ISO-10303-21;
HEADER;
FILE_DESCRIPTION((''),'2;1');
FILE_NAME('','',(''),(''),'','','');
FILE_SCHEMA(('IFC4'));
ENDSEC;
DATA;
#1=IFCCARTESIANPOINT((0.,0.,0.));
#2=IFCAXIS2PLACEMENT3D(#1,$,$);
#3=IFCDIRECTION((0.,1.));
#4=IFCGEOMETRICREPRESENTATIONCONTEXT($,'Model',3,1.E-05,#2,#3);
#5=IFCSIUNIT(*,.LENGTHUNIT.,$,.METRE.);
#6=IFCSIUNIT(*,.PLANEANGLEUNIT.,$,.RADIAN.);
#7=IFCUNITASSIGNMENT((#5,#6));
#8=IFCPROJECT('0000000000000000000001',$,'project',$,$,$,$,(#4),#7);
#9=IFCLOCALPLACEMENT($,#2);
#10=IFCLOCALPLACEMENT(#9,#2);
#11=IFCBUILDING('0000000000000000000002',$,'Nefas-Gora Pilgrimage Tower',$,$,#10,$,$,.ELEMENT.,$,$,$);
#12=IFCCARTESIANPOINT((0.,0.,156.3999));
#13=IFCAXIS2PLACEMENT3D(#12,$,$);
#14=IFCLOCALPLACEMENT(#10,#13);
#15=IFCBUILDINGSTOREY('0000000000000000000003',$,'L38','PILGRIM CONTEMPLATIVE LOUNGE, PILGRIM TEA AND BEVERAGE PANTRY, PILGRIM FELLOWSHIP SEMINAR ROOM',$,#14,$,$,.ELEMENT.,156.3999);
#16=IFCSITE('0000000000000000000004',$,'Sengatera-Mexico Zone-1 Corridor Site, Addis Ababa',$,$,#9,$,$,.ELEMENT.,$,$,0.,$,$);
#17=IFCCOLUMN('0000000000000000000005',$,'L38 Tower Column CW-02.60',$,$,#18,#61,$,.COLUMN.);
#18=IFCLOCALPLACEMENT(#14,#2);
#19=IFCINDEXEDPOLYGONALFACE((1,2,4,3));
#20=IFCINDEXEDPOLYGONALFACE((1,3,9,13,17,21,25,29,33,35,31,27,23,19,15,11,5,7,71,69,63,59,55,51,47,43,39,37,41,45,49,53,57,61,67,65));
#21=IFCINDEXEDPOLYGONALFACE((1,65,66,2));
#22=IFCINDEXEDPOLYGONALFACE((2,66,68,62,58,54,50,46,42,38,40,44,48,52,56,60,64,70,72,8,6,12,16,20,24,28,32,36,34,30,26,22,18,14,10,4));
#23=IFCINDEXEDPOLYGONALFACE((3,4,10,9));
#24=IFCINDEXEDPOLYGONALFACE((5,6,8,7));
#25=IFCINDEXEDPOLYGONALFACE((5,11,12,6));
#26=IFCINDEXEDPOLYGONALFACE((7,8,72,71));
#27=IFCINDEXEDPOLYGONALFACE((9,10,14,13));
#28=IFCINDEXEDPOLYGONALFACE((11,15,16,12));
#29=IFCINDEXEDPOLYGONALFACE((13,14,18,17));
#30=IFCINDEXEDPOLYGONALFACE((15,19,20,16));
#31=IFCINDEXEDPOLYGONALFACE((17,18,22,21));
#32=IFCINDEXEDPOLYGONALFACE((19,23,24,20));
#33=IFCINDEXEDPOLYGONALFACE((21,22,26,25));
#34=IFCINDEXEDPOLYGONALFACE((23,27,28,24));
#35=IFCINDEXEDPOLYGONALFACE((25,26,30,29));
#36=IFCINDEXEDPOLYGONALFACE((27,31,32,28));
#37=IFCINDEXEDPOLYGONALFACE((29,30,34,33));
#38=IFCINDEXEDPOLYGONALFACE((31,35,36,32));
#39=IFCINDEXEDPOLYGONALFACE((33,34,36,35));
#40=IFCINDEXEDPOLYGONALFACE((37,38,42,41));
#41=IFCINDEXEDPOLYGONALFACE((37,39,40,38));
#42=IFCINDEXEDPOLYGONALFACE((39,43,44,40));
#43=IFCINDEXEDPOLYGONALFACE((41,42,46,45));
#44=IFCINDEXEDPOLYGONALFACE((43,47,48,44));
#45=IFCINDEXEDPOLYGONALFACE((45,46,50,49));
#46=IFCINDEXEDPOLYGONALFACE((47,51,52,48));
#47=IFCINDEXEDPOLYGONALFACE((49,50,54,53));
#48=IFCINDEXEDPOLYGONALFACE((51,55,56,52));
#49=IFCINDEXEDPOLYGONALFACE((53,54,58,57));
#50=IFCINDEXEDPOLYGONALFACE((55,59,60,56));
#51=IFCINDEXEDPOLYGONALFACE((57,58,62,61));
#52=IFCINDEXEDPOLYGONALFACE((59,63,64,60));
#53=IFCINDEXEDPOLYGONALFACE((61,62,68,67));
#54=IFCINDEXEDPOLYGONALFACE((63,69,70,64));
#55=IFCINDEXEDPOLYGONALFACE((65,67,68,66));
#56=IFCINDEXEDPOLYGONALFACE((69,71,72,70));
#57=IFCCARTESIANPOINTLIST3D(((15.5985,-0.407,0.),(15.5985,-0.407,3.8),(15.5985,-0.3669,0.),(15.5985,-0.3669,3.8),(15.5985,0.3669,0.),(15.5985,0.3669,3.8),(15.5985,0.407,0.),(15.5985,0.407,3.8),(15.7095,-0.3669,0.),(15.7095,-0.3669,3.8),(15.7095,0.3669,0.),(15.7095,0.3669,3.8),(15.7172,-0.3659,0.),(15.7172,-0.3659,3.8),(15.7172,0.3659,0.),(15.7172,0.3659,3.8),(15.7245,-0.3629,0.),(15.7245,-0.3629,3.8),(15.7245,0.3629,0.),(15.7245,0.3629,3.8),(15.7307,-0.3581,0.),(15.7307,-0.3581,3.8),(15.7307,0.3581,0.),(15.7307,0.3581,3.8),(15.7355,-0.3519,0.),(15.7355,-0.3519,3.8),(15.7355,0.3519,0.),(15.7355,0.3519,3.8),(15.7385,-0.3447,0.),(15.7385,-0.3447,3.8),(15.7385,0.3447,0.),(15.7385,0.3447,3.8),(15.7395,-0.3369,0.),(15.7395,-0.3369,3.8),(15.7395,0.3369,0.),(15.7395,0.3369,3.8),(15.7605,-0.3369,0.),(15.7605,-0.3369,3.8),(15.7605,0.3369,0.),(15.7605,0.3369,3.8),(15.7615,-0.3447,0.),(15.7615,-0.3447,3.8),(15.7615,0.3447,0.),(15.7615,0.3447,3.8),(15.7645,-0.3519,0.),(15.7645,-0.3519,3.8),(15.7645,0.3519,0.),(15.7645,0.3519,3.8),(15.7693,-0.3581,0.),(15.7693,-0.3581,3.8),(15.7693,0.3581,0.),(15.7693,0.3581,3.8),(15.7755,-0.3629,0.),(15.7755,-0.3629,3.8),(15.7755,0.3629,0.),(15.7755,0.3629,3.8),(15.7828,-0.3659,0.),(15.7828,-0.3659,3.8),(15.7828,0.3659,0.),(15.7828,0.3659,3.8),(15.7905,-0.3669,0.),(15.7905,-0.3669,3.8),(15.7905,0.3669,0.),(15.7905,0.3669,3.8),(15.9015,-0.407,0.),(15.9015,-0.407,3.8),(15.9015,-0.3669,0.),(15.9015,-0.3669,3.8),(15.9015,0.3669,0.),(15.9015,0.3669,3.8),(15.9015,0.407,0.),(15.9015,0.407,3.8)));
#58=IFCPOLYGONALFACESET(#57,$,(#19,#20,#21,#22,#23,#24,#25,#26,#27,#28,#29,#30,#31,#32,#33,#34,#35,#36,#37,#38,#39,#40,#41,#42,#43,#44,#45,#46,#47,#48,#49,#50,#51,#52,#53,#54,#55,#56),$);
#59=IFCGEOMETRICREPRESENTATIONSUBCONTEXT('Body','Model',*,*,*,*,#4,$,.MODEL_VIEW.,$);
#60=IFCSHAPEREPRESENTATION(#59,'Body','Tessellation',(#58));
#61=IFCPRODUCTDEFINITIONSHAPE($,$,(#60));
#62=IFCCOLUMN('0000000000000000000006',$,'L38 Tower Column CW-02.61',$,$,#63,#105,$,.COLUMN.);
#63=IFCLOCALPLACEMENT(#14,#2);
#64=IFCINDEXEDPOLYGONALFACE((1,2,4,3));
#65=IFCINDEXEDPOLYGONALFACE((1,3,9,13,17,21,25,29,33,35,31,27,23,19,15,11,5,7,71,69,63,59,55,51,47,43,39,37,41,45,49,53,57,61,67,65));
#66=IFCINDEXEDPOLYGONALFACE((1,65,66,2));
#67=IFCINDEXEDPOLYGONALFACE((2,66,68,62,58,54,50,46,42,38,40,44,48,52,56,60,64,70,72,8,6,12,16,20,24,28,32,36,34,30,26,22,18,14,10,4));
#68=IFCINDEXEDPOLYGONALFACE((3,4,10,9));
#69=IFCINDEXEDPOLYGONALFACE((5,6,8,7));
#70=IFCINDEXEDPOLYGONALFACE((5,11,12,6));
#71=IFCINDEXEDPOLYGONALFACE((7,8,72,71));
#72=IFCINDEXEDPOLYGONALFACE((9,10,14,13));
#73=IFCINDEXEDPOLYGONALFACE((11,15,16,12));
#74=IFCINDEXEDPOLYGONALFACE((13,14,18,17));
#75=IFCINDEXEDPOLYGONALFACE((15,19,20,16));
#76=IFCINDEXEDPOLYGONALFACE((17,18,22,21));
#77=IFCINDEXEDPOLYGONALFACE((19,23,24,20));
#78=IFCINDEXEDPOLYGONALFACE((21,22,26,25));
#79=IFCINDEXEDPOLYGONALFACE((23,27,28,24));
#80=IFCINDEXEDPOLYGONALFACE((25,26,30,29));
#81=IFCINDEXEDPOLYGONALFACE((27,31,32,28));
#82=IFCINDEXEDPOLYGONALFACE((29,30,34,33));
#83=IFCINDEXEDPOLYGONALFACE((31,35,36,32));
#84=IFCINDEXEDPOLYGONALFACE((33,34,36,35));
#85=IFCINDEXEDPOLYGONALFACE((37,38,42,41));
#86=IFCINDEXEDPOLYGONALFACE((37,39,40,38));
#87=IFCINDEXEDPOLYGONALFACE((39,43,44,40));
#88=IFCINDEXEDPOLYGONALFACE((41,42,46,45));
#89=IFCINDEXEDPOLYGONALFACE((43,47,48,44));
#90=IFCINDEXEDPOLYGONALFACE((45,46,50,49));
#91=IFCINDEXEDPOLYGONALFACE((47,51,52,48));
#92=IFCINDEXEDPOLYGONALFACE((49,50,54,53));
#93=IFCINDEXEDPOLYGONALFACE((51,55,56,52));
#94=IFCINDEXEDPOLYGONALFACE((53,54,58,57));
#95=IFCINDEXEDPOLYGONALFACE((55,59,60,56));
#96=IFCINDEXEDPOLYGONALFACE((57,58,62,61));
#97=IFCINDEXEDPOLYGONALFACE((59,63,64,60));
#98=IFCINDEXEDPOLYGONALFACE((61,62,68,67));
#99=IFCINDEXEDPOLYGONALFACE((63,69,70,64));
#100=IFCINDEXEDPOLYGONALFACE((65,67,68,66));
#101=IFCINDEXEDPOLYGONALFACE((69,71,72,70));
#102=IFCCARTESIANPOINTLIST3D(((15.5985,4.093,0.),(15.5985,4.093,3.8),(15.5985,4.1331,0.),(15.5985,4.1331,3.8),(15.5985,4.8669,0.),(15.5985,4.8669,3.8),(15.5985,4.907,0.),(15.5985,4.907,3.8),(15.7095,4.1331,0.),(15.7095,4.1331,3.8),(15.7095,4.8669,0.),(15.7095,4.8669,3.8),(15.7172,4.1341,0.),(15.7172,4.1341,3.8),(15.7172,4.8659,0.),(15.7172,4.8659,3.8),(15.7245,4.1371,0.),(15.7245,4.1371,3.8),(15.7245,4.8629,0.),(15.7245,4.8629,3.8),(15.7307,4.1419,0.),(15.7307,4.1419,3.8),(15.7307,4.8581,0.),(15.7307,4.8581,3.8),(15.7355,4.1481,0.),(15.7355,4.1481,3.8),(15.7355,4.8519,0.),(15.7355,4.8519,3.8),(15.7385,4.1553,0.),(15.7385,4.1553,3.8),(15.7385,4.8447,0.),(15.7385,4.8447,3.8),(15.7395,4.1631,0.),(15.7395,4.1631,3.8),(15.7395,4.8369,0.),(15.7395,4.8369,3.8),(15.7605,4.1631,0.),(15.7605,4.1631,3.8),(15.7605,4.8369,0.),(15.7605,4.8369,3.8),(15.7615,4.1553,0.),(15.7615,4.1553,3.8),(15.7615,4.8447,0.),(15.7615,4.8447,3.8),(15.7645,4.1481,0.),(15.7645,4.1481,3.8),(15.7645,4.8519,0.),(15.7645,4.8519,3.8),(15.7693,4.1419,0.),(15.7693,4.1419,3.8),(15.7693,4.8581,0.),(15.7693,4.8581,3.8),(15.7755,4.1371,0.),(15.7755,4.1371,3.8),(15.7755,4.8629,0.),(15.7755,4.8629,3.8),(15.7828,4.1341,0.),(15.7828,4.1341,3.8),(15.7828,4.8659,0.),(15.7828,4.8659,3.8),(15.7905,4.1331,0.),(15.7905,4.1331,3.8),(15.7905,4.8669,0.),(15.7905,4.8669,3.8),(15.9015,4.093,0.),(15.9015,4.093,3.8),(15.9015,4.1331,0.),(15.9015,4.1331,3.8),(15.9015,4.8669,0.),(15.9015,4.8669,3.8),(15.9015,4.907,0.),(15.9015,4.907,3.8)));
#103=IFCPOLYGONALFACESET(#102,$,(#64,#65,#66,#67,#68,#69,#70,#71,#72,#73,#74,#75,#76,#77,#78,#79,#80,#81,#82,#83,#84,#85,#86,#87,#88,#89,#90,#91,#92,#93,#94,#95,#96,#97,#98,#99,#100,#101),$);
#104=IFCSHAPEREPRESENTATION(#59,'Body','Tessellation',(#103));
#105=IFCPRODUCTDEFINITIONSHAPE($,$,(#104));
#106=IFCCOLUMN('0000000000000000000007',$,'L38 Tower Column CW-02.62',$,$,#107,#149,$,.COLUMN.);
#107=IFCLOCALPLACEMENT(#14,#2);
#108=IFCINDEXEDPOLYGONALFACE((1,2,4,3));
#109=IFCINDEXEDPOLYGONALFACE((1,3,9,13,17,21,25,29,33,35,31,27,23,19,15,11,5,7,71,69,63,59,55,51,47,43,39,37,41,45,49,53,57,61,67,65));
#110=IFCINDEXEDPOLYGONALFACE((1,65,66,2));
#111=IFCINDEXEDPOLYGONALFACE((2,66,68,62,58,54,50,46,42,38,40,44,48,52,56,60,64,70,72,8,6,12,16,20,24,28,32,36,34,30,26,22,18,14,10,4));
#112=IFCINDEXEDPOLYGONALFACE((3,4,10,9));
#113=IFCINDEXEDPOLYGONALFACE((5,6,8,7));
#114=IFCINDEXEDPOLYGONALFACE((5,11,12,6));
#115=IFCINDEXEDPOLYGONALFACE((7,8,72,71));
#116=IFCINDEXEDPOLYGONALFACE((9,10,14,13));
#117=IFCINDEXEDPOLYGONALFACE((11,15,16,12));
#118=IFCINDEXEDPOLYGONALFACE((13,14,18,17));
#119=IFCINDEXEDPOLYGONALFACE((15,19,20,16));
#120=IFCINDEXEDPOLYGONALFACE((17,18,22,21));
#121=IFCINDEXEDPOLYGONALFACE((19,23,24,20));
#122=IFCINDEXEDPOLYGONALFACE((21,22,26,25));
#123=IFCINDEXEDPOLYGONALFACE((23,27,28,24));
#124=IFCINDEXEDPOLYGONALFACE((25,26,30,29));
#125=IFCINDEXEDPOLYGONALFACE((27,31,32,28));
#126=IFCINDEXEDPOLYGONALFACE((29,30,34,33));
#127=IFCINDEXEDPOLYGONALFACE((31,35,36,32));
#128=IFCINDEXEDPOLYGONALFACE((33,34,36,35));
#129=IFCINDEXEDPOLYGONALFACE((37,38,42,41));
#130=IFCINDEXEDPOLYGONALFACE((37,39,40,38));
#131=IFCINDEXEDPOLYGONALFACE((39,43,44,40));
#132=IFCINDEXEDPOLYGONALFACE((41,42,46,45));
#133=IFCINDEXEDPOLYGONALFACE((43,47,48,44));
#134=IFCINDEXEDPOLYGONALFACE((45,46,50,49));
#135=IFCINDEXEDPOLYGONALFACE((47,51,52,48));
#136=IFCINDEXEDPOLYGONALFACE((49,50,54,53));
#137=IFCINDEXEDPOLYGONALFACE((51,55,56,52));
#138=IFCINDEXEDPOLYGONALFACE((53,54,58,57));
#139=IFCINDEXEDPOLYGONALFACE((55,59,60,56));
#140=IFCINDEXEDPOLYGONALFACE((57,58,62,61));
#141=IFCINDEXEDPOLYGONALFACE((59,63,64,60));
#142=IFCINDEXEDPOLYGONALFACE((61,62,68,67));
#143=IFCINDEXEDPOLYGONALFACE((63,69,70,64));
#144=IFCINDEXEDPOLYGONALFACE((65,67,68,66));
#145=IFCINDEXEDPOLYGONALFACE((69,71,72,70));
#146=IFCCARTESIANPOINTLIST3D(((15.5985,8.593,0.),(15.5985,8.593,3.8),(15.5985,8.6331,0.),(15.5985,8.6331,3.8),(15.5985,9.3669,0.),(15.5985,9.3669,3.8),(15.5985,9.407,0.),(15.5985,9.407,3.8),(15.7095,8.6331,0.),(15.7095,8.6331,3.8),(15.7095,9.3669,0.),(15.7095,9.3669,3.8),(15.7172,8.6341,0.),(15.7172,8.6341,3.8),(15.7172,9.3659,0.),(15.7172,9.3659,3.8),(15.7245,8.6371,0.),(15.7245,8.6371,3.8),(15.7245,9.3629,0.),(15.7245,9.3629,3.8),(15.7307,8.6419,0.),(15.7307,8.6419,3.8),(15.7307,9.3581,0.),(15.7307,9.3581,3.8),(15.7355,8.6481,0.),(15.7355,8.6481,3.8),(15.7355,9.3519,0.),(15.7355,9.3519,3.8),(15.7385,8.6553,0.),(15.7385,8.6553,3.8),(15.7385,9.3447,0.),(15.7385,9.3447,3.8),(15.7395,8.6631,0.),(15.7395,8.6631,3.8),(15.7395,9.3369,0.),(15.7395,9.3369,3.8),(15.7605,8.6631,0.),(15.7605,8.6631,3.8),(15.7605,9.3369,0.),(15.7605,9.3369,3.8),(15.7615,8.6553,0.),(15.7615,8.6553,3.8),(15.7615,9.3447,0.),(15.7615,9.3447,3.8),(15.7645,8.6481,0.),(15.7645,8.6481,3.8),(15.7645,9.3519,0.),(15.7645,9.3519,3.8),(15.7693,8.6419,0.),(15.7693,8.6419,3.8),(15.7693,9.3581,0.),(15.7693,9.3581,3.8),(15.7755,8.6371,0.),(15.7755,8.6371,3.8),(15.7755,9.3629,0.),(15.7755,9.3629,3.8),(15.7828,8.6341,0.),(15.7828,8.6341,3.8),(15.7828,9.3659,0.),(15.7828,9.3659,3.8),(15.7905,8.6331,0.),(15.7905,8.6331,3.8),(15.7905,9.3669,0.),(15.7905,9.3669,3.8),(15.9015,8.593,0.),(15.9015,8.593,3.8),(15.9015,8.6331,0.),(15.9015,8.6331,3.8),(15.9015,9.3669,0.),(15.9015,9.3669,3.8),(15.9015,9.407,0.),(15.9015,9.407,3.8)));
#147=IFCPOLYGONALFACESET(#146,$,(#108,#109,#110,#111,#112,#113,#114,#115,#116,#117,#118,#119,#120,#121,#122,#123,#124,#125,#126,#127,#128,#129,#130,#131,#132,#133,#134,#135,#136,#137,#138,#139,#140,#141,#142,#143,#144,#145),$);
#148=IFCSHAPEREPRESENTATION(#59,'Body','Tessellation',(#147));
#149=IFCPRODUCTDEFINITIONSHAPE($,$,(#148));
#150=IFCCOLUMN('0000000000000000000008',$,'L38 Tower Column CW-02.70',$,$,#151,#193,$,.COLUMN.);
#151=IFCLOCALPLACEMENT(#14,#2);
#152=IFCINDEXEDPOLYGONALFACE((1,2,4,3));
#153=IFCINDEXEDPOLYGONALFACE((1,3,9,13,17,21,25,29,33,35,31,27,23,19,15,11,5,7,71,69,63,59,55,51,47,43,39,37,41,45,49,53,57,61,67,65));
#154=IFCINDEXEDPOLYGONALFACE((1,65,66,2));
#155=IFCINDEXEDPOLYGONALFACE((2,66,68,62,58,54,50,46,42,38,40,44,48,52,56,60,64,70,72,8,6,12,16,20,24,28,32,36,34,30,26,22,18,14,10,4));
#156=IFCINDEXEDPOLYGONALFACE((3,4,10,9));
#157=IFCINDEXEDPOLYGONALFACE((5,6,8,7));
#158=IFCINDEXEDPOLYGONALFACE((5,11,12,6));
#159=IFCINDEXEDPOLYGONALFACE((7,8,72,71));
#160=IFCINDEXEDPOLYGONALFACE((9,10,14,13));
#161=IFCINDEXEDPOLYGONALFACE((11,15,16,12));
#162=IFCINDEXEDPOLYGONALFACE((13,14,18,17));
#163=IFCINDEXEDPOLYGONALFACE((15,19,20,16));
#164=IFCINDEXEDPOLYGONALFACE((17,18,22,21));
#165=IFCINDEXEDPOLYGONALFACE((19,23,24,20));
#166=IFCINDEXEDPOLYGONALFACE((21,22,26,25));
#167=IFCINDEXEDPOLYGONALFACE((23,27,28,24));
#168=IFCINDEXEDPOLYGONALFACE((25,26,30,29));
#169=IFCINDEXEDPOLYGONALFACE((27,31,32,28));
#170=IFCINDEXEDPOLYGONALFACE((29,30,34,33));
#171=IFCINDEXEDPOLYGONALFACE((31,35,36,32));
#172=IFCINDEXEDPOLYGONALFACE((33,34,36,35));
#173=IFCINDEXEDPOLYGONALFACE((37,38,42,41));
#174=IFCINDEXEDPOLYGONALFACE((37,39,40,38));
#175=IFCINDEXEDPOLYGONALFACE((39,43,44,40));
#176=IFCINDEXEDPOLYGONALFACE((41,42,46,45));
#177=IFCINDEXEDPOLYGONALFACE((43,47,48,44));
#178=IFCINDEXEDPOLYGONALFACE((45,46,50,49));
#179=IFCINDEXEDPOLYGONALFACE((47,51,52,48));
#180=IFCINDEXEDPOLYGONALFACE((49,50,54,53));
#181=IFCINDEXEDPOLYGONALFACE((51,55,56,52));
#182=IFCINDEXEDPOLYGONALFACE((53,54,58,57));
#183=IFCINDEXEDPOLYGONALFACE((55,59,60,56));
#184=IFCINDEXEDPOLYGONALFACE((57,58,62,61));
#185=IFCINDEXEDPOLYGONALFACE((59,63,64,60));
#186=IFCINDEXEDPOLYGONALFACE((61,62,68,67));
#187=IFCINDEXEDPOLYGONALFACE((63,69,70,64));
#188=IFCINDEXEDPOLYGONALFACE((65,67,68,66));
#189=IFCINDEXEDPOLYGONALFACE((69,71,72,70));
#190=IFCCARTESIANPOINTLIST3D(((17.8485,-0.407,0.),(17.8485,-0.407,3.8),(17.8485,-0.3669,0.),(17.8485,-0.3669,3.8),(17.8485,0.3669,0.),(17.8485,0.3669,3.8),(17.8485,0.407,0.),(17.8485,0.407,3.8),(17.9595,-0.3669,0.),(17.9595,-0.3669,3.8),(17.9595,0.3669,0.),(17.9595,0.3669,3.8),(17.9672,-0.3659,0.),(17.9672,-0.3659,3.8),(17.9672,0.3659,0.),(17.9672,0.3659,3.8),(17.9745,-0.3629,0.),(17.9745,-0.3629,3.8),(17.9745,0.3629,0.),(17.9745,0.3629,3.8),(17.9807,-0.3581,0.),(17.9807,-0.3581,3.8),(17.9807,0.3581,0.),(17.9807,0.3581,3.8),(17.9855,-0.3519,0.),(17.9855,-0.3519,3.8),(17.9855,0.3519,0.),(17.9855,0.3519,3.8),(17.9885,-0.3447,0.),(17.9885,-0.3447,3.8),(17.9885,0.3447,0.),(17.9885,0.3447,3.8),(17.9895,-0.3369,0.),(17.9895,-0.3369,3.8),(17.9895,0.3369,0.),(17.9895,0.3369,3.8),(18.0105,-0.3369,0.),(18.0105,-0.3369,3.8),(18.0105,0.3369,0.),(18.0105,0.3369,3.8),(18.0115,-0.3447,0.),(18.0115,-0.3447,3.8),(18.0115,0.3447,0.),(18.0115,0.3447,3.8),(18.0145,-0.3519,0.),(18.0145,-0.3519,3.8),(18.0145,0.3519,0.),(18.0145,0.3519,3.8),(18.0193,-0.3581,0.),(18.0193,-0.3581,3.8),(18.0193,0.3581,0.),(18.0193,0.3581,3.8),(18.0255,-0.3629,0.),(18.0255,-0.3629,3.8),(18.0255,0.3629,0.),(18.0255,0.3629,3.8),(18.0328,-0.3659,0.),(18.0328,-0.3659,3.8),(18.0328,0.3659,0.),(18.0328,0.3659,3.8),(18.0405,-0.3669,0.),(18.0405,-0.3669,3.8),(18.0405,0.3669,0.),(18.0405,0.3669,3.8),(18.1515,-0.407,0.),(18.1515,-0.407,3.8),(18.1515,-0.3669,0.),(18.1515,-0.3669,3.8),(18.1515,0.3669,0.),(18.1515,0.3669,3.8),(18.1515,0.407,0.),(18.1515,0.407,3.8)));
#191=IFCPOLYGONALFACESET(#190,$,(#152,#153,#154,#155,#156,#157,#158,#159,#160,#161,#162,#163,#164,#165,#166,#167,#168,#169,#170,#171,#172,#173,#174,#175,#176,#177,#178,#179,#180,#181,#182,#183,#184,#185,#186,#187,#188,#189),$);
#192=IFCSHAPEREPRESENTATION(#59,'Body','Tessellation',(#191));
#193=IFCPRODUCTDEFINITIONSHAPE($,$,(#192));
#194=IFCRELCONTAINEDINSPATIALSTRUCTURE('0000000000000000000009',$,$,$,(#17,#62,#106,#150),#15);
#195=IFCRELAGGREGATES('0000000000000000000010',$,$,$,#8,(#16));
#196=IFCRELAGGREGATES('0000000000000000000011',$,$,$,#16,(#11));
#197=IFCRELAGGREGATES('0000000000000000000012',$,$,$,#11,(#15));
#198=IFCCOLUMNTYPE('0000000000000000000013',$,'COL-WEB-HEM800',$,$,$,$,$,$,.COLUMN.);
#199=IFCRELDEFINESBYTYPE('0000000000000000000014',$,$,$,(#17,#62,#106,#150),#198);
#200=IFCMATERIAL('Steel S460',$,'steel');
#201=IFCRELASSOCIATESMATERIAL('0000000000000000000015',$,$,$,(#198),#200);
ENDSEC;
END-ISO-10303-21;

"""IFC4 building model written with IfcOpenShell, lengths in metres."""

from ifc_helpers import new_model, si_unit, direction, frame, origin, origin_2d, place, context, subcontext, project, spatial, i_section, extrude, source, transform, mapped, material, material_profile, profile_set, type_object, element, save


model = new_model("IFC4")

# Units and contexts
model_context = context("Model", 3, precision=1e-05, world=origin(), true_north=direction((0.0, 1.0)))
body_context = subcontext(model_context, "Body", "Model", "MODEL_VIEW")
ifc_project = project(units=[si_unit("LENGTHUNIT", "METRE"), si_unit("PLANEANGLEUNIT", "RADIAN")], contexts=[model_context])

# Site, building, storey
site_placement = place(None, origin())
site = spatial("IfcSite", under=ifc_project, at=site_placement, Name="Sengatera-Mexico Zone-1 Corridor Site, Addis Ababa", CompositionType="ELEMENT", RefElevation=0.0)
building_placement = place(site_placement, origin())
building = spatial("IfcBuilding", under=site, at=building_placement, Name="Nefas-Gora Pilgrimage Tower", CompositionType="ELEMENT")
storey_placement = place(building_placement, frame((0.0, 0.0, 156.3999)))
storey = spatial("IfcBuildingStorey", under=building, at=storey_placement, Name="L38", Description="PILGRIM CONTEMPLATIVE LOUNGE, PILGRIM TEA AND BEVERAGE PANTRY, PILGRIM FELLOWSHIP SEMINAR ROOM", CompositionType="ELEMENT", Elevation=156.3999)

# Columns
ifc_material_1 = material(Name="Steel S460", Category="steel")
ifc_material_profile_1 = material_profile(ifc_material_1, i_section(OverallWidth=0.303, OverallDepth=0.814, WebThickness=0.021, FlangeThickness=0.04, FilletRadius=0.03, at=origin_2d()), Name="HEM 800")
ifc_profile_set_1 = profile_set([ifc_material_profile_1], Name="Steel S460")
column_type_1 = type_object("IfcColumnType", Name="COL-WEB-HEM800", PredefinedType="COLUMN", material=ifc_profile_set_1)
shared_shape_1 = source(origin(), body_context, "Body", "SweptSolid", [
    extrude(i_section(OverallWidth=0.303, OverallDepth=0.814, WebThickness=0.021, FlangeThickness=0.04, FilletRadius=0.03, at=origin_2d()), origin(), (0.0, 0.0, 1.0), 3.8),
])
for number, where, z_axis, x_axis, name in (
    (1, (15.75, 0.0, 0.0), (0.0, 0.0, 1.0), (1.0, 0.0, 0.0), "L38 Tower Column CW-02.60"),
    (2, (15.75, 4.5, 0.0), (0.0, 0.0, 1.0), (1.0, 0.0, 0.0), "L38 Tower Column CW-02.61"),
    (3, (15.75, 9.0, 0.0), (0.0, 0.0, 1.0), (1.0, 0.0, 0.0), "L38 Tower Column CW-02.62"),
    (4, (18.0, 0.0, 0.0), (0.0, 0.0, 1.0), (1.0, 0.0, 0.0), "L38 Tower Column CW-02.70"),
):
    element("IfcColumn", number, at=place(storey_placement, frame(where, z_axis=z_axis, x_axis=x_axis)), inside=storey, type_object=column_type_1, Name=name, PredefinedType="COLUMN", context=body_context, shape_type="MappedRepresentation", body=[
        mapped(shared_shape_1, transform((0.0, 0.0, 0.0), x_axis=(1.0, 0.0, 0.0), y_axis=(0.0, 1.0, 0.0), z_axis=(0.0, 0.0, 1.0), scale=1.0)),
    ])

save(model, "model.ifc")
